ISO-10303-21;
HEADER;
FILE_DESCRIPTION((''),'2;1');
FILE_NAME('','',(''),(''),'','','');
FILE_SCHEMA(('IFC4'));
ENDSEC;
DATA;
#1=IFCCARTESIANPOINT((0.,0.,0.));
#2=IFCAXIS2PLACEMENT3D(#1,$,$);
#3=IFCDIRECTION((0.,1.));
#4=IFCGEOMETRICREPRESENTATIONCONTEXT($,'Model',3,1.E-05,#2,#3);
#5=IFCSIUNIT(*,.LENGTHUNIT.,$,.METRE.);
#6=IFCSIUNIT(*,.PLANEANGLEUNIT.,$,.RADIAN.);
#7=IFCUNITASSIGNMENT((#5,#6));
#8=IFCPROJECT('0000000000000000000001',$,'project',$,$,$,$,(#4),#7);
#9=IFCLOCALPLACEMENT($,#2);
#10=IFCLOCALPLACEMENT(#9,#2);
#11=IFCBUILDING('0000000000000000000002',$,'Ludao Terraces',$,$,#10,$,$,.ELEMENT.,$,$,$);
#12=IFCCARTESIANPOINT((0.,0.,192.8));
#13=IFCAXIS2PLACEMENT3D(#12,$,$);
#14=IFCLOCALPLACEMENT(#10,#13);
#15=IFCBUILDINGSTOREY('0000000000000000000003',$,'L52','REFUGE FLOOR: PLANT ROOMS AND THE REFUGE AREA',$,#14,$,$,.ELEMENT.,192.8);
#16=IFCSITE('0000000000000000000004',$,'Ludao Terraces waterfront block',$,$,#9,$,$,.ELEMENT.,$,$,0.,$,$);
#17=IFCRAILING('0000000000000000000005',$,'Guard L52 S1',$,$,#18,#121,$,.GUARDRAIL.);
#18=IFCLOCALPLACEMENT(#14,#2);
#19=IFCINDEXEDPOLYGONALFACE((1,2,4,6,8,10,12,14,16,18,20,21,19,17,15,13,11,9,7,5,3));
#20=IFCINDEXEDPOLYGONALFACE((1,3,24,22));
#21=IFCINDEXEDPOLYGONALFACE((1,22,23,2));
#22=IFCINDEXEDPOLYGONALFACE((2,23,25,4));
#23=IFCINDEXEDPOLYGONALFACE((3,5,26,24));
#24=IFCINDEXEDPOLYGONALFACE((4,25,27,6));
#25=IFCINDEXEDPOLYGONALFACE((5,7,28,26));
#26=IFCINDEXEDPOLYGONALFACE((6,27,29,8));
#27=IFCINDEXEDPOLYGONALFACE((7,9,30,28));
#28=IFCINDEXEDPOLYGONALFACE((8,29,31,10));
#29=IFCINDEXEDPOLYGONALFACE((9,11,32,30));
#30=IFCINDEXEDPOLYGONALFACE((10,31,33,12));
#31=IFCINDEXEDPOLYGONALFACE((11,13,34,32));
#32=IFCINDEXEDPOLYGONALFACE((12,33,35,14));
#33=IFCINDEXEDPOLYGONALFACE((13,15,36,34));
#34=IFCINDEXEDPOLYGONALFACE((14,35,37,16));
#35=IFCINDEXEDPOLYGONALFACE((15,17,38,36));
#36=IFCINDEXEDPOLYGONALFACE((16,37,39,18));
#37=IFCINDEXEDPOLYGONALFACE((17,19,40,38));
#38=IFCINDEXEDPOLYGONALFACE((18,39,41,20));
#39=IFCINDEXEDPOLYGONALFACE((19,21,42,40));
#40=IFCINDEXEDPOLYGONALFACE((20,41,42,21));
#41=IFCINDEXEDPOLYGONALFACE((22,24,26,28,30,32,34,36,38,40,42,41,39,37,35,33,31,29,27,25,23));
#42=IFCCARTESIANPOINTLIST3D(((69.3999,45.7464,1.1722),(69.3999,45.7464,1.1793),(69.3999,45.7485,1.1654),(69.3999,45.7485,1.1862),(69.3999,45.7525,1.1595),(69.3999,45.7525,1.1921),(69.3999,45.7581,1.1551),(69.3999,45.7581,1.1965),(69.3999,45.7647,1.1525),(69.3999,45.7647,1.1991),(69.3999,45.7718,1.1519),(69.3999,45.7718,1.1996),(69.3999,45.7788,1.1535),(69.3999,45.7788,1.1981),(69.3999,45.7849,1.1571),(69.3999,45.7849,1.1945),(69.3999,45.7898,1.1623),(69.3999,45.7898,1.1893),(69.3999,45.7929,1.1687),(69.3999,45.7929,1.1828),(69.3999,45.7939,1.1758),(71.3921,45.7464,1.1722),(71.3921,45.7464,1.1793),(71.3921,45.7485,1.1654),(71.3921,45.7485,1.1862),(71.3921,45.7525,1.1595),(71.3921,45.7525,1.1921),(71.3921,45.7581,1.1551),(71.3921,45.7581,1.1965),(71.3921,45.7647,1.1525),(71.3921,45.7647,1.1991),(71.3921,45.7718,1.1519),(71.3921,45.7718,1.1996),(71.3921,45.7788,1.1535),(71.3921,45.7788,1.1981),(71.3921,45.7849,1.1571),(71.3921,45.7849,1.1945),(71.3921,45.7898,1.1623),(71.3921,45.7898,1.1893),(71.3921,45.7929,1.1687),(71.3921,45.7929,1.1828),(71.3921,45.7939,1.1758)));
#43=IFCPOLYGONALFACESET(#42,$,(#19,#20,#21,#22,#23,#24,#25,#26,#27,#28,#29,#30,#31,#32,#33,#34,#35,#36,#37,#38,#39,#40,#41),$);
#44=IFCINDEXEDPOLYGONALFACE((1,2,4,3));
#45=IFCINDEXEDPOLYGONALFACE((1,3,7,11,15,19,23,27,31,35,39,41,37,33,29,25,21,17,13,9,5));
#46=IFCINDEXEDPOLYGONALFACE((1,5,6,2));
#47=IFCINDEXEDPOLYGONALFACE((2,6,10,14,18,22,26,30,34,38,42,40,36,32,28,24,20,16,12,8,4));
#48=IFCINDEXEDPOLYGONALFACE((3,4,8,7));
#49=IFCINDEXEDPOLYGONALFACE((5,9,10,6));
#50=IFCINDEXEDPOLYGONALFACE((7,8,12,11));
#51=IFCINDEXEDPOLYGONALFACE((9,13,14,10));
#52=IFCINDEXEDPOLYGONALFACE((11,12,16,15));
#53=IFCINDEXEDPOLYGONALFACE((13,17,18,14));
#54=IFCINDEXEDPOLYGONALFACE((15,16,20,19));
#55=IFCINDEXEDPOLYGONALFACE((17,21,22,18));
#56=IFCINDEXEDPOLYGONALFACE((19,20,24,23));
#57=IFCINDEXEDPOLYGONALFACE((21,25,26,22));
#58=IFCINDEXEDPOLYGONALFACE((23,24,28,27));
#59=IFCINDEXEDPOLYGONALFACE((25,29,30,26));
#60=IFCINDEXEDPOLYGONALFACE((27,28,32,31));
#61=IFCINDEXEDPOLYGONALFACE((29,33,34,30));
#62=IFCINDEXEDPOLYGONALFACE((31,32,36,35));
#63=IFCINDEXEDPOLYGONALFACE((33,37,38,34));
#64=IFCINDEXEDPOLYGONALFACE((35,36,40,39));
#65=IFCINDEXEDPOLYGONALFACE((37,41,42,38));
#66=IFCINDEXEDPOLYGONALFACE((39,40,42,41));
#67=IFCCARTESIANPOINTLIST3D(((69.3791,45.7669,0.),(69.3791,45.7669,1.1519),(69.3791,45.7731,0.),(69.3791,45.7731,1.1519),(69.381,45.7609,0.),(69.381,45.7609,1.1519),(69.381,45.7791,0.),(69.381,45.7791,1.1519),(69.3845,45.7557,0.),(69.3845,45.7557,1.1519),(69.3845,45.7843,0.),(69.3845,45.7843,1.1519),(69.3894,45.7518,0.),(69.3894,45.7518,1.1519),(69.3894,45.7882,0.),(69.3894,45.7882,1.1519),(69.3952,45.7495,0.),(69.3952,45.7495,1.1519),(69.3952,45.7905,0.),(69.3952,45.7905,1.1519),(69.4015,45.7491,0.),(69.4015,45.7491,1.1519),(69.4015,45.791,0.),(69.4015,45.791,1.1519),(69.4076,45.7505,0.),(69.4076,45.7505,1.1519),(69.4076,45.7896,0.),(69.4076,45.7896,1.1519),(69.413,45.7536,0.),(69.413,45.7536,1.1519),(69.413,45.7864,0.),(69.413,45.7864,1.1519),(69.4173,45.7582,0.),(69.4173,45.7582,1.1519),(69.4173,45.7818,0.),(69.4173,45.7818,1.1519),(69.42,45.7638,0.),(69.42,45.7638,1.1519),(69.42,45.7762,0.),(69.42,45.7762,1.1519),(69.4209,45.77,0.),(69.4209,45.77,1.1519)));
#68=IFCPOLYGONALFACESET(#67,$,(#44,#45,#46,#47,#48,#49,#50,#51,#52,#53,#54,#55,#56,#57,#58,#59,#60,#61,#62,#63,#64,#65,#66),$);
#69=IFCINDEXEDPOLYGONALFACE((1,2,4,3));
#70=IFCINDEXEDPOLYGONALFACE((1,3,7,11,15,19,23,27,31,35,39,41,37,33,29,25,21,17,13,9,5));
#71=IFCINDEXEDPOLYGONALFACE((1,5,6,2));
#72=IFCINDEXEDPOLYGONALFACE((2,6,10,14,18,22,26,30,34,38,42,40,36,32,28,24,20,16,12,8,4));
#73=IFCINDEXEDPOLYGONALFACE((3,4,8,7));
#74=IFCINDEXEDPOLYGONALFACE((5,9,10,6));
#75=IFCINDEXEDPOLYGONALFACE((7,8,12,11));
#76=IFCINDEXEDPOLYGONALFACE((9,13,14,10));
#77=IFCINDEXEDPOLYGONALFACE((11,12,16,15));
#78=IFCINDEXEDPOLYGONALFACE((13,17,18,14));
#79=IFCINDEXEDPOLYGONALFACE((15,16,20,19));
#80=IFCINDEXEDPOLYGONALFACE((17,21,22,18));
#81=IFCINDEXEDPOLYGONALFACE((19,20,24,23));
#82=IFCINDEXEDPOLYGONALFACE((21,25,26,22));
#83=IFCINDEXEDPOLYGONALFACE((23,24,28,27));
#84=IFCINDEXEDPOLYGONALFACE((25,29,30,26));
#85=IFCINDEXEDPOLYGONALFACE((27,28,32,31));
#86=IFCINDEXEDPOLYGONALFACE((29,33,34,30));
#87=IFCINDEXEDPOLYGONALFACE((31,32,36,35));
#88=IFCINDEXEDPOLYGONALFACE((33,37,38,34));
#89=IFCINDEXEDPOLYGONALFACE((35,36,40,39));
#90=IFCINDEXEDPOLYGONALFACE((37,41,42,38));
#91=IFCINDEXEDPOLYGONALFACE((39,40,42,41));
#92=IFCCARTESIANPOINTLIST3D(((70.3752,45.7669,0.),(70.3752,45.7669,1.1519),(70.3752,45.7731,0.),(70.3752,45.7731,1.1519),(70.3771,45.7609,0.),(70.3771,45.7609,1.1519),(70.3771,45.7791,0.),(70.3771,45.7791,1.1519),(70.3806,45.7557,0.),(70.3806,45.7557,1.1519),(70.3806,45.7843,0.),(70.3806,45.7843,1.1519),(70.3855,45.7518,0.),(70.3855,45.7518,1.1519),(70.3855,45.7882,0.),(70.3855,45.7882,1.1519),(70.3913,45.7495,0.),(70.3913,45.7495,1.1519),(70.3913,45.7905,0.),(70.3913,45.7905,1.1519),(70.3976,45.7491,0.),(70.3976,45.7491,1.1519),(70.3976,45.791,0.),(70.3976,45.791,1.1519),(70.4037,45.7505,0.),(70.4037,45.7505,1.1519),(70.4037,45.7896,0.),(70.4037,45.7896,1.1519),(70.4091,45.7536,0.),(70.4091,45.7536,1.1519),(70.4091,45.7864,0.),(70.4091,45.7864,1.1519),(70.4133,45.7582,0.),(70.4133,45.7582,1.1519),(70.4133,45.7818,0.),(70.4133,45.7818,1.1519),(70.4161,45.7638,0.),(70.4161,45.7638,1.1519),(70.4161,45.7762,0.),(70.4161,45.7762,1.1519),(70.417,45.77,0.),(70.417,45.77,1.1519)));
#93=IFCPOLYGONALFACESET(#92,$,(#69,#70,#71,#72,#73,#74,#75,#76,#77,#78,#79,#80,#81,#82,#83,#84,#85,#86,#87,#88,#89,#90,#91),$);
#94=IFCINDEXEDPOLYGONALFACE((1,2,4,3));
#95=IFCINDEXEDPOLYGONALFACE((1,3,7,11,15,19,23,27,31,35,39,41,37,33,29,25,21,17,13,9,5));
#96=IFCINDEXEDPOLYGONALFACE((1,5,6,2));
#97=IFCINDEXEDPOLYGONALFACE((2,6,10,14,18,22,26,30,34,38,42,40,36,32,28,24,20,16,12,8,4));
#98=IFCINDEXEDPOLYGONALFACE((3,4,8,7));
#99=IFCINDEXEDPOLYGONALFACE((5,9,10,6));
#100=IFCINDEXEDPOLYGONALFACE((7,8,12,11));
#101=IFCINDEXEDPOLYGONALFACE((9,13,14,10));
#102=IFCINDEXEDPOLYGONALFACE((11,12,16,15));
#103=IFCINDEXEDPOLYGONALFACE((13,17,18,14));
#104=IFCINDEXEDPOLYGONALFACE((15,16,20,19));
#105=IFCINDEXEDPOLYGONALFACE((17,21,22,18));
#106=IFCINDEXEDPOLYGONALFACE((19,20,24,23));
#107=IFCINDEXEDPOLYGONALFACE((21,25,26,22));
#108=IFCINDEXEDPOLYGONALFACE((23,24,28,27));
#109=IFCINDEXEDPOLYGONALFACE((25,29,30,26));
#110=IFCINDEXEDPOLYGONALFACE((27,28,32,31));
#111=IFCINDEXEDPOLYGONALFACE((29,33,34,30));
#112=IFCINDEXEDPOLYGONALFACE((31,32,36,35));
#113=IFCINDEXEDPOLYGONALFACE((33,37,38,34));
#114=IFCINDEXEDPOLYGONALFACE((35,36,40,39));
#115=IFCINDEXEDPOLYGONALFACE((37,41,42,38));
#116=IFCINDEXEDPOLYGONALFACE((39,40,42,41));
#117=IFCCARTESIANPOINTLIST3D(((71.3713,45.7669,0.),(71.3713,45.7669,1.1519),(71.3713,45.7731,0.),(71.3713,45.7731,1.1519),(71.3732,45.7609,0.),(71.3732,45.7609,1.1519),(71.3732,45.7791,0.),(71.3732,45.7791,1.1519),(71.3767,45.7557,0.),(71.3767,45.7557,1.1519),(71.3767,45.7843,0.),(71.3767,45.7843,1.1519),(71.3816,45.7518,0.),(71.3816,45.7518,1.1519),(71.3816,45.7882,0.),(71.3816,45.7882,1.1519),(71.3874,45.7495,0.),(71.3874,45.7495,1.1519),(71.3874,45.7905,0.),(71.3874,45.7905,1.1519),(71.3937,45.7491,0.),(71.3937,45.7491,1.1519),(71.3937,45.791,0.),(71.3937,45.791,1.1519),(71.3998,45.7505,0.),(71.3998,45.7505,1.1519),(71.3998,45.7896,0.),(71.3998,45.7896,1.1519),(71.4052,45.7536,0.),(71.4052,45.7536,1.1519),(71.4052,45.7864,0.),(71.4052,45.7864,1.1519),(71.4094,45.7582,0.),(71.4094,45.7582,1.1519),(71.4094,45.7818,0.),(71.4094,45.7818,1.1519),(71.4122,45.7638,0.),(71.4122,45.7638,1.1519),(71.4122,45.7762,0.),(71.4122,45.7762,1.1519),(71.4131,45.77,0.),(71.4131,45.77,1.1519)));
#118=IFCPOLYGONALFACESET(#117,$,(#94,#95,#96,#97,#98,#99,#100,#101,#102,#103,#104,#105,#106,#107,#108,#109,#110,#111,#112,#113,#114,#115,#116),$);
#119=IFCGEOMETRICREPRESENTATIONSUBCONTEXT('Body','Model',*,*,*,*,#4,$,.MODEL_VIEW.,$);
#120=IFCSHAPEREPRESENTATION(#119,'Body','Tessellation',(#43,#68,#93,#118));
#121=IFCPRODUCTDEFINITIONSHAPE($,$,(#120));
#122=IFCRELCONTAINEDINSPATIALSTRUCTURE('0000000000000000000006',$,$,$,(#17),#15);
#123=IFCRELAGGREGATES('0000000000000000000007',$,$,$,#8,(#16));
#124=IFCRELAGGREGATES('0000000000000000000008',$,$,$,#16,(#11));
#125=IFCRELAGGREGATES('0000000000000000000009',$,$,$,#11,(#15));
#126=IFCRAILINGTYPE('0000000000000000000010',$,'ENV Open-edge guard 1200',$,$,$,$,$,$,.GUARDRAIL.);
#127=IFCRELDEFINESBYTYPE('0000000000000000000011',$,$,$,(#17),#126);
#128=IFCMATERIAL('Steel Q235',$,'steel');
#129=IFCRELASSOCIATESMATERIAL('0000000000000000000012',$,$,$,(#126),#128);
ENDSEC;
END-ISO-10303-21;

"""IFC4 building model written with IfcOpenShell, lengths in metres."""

from ifc_helpers import new_model, si_unit, direction, frame, origin, origin_2d, place, context, subcontext, project, spatial, circle, extrude, material, type_object, element, save


model = new_model("IFC4")

# Units and contexts
model_context = context("Model", 3, precision=1e-05, world=origin(), true_north=direction((0.0, 1.0)))
body_context = subcontext(model_context, "Body", "Model", "MODEL_VIEW")
ifc_project = project(units=[si_unit("LENGTHUNIT", "METRE"), si_unit("PLANEANGLEUNIT", "RADIAN")], contexts=[model_context])

# Site, building, storey
site_placement = place(None, origin())
site = spatial("IfcSite", under=ifc_project, at=site_placement, Name="Ludao Terraces waterfront block", CompositionType="ELEMENT", RefElevation=0.0)
building_placement = place(site_placement, origin())
building = spatial("IfcBuilding", under=site, at=building_placement, Name="Ludao Terraces", CompositionType="ELEMENT")
storey_placement = place(building_placement, frame((0.0, 0.0, 192.8)))
storey = spatial("IfcBuildingStorey", under=building, at=storey_placement, Name="L52", Description="REFUGE FLOOR: PLANT ROOMS AND THE REFUGE AREA", CompositionType="ELEMENT", Elevation=192.8)

# Shared definitions
ifc_material_1 = material(Name="Steel Q235", Category="steel")

# Railing
railing_type = type_object("IfcRailingType", Name="ENV Open-edge guard 1200", PredefinedType="GUARDRAIL", material=ifc_material_1)
railing_placement = place(storey_placement, frame((69.3999, 45.77, 0.0)))
element("IfcRailing", 1, at=railing_placement, inside=storey, type_object=railing_type, Name="Guard L52 S1", PredefinedType="GUARDRAIL", context=body_context, shape_type="SweptSolid", body=[
    extrude(circle(Radius=0.0239, at=origin_2d()), frame((0.0, 0.0, 1.1758), z_axis=(1.0, 0.0, 0.0), x_axis=(0.0, 1.0, 0.0)), (0.0, 0.0, 1.0), 1.9922),
    extrude(circle(Radius=0.021, at=origin_2d()), origin(), (0.0, 0.0, 1.0), 1.1519),
    extrude(circle(Radius=0.021, at=origin_2d()), frame((0.9961, 0.0, 0.0)), (0.0, 0.0, 1.0), 1.1519),
    extrude(circle(Radius=0.021, at=origin_2d()), frame((1.9922, 0.0, 0.0)), (0.0, 0.0, 1.0), 1.1519),
])

save(model, "model.ifc")
